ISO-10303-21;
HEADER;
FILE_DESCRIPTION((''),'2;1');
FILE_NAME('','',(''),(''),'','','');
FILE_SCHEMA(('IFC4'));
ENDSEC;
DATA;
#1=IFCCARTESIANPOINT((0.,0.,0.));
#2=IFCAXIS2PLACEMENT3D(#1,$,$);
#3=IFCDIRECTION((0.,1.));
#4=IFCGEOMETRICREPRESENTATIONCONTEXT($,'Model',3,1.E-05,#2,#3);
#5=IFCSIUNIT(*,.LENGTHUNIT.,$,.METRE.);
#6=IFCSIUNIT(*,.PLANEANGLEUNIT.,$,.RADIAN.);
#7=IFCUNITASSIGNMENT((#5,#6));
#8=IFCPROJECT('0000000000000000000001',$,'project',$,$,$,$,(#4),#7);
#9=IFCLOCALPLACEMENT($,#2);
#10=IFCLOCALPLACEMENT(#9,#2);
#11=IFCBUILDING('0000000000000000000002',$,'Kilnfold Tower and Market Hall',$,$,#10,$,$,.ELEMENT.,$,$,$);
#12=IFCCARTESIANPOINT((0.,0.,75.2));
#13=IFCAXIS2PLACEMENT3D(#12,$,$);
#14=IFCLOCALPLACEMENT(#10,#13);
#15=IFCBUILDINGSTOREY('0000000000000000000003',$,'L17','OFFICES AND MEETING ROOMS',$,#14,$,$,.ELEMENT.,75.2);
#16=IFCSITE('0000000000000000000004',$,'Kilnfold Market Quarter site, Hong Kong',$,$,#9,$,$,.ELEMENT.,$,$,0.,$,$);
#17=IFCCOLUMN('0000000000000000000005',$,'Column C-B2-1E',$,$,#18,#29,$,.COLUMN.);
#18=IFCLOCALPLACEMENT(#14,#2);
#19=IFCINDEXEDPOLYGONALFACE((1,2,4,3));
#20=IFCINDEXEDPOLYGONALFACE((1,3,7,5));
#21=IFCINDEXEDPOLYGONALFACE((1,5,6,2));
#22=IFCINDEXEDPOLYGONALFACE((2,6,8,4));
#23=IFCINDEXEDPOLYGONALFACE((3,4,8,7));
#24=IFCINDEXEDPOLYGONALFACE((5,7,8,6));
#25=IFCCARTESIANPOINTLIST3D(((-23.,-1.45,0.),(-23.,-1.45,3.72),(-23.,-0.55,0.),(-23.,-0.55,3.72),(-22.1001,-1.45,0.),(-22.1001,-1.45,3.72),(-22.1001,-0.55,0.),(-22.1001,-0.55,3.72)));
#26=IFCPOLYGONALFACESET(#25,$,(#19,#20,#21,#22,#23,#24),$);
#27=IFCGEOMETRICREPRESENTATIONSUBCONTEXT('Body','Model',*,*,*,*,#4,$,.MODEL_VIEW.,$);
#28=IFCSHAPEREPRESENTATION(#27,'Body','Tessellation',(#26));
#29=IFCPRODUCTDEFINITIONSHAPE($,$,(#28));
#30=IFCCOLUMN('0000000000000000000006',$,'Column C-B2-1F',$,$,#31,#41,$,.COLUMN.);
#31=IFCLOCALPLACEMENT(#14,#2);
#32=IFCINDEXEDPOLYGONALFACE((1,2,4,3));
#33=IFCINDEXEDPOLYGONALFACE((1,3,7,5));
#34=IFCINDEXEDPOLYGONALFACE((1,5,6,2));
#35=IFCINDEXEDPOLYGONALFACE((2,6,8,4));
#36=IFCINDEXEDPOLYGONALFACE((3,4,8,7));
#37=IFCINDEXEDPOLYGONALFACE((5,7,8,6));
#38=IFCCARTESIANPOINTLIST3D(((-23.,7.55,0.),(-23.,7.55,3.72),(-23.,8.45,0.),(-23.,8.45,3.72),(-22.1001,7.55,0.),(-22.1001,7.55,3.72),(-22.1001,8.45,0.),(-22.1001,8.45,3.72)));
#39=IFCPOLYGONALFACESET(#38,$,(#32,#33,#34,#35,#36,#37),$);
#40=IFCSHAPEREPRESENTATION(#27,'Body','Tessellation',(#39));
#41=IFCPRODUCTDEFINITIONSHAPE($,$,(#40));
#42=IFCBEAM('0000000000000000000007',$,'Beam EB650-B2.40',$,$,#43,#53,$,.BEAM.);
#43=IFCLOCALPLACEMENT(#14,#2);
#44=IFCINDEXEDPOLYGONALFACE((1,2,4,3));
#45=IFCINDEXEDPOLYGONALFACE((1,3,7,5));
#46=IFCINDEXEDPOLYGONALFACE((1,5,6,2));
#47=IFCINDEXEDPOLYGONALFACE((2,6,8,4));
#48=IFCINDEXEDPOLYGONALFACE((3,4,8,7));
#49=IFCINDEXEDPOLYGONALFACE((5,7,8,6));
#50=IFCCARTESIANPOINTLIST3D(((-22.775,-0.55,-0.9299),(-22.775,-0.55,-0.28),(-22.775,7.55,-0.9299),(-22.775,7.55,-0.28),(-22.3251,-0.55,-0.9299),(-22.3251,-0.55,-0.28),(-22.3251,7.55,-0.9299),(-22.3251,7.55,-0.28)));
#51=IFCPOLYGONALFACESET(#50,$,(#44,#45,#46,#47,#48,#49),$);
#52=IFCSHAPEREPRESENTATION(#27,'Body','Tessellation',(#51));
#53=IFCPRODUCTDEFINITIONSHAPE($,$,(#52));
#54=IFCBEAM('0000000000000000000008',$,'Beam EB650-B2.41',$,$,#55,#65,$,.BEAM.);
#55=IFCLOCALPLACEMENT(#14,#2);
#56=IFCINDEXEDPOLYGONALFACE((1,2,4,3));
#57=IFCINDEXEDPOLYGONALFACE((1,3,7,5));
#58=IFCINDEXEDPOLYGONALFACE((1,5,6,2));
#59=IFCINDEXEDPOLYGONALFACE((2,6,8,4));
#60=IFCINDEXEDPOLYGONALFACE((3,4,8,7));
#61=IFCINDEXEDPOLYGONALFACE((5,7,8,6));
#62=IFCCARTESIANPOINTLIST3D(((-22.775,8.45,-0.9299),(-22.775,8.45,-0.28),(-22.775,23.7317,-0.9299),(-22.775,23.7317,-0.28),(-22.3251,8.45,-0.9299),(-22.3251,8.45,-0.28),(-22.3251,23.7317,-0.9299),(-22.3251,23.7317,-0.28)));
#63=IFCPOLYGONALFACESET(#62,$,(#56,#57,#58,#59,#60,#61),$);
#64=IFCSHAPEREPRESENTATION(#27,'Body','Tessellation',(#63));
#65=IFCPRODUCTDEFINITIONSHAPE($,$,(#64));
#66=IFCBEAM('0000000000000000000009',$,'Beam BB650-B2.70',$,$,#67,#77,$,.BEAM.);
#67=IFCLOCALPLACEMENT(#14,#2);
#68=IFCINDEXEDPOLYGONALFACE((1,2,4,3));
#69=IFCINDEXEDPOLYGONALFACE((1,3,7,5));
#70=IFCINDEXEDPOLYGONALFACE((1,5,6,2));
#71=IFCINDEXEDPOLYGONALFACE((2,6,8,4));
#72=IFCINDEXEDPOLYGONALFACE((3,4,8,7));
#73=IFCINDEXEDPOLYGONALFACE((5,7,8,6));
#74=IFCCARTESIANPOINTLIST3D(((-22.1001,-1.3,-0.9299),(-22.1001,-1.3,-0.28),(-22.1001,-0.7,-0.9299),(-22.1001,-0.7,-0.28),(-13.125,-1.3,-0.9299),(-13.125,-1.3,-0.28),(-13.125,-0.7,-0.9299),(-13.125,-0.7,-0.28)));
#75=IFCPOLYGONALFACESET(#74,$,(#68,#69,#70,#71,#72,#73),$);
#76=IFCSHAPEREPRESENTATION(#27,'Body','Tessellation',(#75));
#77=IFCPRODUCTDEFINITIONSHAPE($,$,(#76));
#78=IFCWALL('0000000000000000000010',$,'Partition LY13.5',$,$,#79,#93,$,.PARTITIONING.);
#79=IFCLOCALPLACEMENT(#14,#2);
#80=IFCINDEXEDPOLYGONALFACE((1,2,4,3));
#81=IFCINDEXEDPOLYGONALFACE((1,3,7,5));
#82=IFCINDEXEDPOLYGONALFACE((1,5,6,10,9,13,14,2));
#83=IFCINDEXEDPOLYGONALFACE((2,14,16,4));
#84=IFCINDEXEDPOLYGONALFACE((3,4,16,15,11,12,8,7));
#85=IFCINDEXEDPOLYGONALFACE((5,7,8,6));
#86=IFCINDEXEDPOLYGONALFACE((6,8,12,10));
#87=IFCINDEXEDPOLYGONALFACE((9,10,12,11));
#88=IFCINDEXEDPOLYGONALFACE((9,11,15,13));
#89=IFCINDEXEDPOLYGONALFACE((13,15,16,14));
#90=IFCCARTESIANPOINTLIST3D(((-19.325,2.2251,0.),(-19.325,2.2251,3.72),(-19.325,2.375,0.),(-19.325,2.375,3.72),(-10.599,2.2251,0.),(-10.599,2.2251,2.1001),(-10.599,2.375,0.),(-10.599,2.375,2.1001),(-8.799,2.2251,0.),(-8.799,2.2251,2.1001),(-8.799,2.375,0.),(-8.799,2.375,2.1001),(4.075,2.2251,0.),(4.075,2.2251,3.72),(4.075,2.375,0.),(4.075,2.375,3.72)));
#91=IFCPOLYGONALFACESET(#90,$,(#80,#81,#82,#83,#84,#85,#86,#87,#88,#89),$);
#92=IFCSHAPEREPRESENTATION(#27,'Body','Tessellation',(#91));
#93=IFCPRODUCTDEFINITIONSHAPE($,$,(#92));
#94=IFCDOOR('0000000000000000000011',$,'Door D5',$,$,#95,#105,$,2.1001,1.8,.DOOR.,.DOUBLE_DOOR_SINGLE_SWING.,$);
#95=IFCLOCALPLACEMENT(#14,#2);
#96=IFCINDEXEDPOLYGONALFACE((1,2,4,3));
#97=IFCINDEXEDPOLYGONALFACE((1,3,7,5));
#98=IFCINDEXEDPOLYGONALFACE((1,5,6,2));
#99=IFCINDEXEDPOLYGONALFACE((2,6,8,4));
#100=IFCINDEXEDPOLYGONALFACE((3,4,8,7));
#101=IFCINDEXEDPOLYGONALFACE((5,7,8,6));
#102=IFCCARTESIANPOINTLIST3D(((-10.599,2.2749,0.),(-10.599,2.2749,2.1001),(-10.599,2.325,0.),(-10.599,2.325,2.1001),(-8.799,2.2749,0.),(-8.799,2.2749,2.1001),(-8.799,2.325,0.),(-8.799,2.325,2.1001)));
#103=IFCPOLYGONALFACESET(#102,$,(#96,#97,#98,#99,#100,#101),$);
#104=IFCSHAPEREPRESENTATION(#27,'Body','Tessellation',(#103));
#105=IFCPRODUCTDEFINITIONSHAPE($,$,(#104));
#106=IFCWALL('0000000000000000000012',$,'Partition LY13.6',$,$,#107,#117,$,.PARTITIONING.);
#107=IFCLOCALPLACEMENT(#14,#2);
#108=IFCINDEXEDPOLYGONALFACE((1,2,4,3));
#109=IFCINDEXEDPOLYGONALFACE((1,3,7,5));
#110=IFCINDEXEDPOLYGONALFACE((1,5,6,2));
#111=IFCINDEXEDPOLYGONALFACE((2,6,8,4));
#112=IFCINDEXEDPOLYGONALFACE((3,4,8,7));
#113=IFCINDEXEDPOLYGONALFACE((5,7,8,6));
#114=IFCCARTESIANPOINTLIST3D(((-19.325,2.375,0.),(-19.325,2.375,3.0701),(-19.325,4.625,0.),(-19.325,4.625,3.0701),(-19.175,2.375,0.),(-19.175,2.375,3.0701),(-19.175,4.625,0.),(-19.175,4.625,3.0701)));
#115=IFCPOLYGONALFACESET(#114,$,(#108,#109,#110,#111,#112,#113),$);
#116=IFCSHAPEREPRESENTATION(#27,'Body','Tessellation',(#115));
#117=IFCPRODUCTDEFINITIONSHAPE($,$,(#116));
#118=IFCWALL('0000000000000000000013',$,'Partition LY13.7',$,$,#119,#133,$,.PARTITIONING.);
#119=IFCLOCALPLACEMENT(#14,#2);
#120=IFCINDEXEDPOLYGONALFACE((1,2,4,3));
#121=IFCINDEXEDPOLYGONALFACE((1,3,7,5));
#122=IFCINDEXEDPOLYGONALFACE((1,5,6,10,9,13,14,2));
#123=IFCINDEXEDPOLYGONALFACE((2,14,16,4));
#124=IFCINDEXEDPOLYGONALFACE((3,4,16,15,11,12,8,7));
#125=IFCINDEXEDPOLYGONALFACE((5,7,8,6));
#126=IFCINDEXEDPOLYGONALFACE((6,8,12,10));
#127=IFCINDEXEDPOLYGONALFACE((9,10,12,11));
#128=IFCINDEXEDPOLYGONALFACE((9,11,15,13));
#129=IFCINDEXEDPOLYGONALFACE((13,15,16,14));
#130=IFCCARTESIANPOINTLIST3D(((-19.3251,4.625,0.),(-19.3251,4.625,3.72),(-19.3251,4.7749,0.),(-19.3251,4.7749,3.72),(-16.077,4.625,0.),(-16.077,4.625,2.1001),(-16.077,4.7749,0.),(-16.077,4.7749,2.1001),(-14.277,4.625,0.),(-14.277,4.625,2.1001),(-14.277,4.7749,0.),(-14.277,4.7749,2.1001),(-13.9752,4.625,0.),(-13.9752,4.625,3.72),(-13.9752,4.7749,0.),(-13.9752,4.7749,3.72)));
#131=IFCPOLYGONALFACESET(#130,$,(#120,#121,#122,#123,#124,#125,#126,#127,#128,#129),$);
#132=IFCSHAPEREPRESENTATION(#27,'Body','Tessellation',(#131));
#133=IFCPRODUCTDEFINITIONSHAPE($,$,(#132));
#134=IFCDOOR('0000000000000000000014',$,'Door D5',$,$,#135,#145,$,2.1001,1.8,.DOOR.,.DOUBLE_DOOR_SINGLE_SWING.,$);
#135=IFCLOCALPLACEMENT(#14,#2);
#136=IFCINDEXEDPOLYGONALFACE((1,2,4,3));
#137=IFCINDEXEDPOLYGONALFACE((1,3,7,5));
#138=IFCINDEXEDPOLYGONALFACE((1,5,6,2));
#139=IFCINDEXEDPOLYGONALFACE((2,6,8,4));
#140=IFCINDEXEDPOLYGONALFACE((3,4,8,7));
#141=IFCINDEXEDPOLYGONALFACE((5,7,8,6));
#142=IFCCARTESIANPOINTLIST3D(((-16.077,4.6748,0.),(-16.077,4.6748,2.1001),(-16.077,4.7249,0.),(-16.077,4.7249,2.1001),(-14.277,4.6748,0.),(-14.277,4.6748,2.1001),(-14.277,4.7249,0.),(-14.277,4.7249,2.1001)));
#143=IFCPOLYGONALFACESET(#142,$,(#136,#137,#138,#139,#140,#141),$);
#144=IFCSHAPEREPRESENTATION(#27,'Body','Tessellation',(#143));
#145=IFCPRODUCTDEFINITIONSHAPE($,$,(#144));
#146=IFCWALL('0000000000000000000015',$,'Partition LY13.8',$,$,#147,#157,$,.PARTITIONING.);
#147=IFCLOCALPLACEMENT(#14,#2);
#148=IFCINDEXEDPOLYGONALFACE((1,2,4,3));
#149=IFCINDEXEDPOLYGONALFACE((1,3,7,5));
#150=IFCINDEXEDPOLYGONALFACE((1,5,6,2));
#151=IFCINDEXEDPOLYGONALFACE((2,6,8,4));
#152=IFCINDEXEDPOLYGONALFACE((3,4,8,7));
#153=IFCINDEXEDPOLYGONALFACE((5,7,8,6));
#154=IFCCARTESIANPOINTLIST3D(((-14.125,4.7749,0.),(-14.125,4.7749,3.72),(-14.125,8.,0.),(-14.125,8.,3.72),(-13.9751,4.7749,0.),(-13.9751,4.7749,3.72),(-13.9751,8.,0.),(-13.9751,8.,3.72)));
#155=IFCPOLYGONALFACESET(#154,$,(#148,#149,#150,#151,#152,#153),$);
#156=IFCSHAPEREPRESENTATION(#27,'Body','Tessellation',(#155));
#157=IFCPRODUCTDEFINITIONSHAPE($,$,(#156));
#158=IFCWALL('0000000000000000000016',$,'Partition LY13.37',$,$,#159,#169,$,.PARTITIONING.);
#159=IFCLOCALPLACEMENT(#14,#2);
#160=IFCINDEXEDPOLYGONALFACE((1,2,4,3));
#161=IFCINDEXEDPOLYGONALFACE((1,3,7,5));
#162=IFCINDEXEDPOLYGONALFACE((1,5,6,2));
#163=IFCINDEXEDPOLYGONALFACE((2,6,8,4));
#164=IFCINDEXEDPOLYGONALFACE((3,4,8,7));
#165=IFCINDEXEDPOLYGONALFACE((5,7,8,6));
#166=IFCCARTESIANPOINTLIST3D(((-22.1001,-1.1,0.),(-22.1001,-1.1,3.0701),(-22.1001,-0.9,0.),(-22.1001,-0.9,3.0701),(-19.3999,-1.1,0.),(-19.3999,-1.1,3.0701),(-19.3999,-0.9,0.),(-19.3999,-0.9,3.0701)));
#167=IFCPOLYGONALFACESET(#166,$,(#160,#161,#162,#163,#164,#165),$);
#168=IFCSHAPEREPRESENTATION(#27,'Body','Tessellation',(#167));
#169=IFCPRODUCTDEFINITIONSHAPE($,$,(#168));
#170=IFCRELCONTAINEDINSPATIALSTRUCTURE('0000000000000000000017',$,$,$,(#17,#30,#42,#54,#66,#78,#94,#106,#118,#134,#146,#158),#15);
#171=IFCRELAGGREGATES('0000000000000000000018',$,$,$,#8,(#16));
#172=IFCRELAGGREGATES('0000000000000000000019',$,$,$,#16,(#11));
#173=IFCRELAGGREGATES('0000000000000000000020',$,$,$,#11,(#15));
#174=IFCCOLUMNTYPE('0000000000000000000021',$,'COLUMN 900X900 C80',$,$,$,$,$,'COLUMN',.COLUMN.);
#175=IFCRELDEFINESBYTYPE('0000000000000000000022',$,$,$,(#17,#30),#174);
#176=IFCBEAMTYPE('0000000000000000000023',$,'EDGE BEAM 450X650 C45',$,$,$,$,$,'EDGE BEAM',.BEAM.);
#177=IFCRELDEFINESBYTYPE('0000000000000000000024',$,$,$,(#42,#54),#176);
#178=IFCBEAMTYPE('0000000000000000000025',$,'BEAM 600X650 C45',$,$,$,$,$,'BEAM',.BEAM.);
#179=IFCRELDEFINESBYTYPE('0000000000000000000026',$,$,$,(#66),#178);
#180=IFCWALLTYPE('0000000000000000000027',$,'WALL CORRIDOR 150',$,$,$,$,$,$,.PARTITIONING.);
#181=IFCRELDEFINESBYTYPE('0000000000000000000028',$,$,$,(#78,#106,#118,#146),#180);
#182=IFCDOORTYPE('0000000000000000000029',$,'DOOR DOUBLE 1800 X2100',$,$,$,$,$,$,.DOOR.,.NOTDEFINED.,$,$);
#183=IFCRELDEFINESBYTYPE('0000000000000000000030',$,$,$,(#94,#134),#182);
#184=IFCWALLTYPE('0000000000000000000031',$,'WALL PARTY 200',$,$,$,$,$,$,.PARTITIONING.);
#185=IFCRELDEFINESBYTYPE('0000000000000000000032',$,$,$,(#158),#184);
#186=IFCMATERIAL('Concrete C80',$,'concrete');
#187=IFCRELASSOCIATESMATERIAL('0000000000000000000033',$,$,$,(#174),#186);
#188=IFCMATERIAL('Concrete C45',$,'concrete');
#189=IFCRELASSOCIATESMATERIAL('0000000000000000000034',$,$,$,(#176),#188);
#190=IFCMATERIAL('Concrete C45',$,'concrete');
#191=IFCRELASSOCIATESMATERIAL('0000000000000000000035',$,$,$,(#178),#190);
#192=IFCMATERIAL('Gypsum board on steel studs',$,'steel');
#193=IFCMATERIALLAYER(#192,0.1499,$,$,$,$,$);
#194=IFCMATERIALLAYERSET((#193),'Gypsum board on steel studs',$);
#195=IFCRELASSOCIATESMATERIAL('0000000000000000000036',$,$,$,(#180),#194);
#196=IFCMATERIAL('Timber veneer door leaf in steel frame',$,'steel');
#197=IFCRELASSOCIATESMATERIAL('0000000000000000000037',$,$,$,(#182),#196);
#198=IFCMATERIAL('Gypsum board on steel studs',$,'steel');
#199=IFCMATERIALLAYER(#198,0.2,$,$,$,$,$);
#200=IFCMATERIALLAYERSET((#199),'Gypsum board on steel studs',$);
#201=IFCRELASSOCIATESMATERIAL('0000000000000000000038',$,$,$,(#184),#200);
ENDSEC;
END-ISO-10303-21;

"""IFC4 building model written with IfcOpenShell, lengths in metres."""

from ifc_helpers import new_model, si_unit, direction, frame, frame_2d, origin, origin_2d, place, context, subcontext, project, spatial, rectangle, extrude, source, transform, mapped, material, layer, layer_set, material_profile, profile_set, type_object, element, fill, save


model = new_model("IFC4")

# Units and contexts
model_context = context("Model", 3, precision=1e-05, world=origin(), true_north=direction((0.0, 1.0)))
body_context = subcontext(model_context, "Body", "Model", "MODEL_VIEW")
ifc_project = project(units=[si_unit("LENGTHUNIT", "METRE"), si_unit("PLANEANGLEUNIT", "RADIAN")], contexts=[model_context])

# Site, building, storey
site_placement = place(None, origin())
site = spatial("IfcSite", under=ifc_project, at=site_placement, Name="Kilnfold Market Quarter site, Hong Kong", CompositionType="ELEMENT", RefElevation=0.0)
building_placement = place(site_placement, origin())
building = spatial("IfcBuilding", under=site, at=building_placement, Name="Kilnfold Tower and Market Hall", CompositionType="ELEMENT")
storey_placement = place(building_placement, frame((0.0, 0.0, 75.2)))
storey = spatial("IfcBuildingStorey", under=building, at=storey_placement, Name="L17", Description="OFFICES AND MEETING ROOMS", CompositionType="ELEMENT", Elevation=75.2)

# Columns
ifc_material_1 = material(Name="Concrete C80", Category="concrete")
ifc_material_profile_1 = material_profile(ifc_material_1, rectangle(XDim=0.8999, YDim=0.8999, at=origin_2d()), Name="RC 900x900")
ifc_profile_set_1 = profile_set([ifc_material_profile_1], Name="Concrete C80")
column_type = type_object("IfcColumnType", Name="COLUMN 900X900 C80", ElementType="COLUMN", PredefinedType="COLUMN", material=ifc_profile_set_1)
shared_shape_1 = source(origin(), body_context, "Body", "SweptSolid", [
    extrude(rectangle(XDim=0.8999, YDim=0.8999, at=origin_2d()), origin(), (0.0, 0.0, 1.0), 3.72),
])
for number, where, z_axis, x_axis, name in (
    (1, (-22.55, -1.0, 0.0), (0.0, 0.0, 1.0), (1.0, 0.0, 0.0), "Column C-B2-1E"),
    (2, (-22.55, 8.0, 0.0), (0.0, 0.0, 1.0), (1.0, 0.0, 0.0), "Column C-B2-1F"),
):
    element("IfcColumn", number, at=place(storey_placement, frame(where, z_axis=z_axis, x_axis=x_axis)), inside=storey, type_object=column_type, Name=name, PredefinedType="COLUMN", context=body_context, shape_type="MappedRepresentation", body=[
        mapped(shared_shape_1, transform((0.0, 0.0, 0.0))),
    ])

# Beams
ifc_material_2 = material(Name="Concrete C45", Category="concrete")
ifc_material_profile_2 = material_profile(ifc_material_2, rectangle(XDim=0.45, YDim=0.6499, at=origin_2d()), Name="RC 450x650")
ifc_profile_set_2 = profile_set([ifc_material_profile_2], Name="Concrete C45")
beam_type_1 = type_object("IfcBeamType", Name="EDGE BEAM 450X650 C45", ElementType="EDGE BEAM", PredefinedType="BEAM", material=ifc_profile_set_2)
shared_shape_2 = source(origin(), body_context, "Body", "SweptSolid", [
    extrude(rectangle(XDim=0.45, YDim=0.6499, at=origin_2d()), origin(), (0.0, 0.0, 1.0), 8.1001),
])
beam_1_placement = place(storey_placement, frame((-22.55, -0.55, -0.605), z_axis=(0.0, 1.0, 0.0), x_axis=(-1.0, 0.0, 0.0)))
element("IfcBeam", 3, at=beam_1_placement, inside=storey, type_object=beam_type_1, Name="Beam EB650-B2.40", PredefinedType="BEAM", context=body_context, shape_type="MappedRepresentation", body=[
    mapped(shared_shape_2, transform((0.0, 0.0, 0.0))),
])
shared_shape_3 = source(origin(), body_context, "Body", "SweptSolid", [
    extrude(rectangle(XDim=0.45, YDim=0.6499, at=origin_2d()), origin(), (0.0, 0.0, 1.0), 15.2817),
])
beam_2_placement = place(storey_placement, frame((-22.55, 8.45, -0.605), z_axis=(0.0, 1.0, 0.0), x_axis=(-1.0, 0.0, 0.0)))
element("IfcBeam", 4, at=beam_2_placement, inside=storey, type_object=beam_type_1, Name="Beam EB650-B2.41", PredefinedType="BEAM", context=body_context, shape_type="MappedRepresentation", body=[
    mapped(shared_shape_3, transform((0.0, 0.0, 0.0))),
])
ifc_material_3 = material(Name="Concrete C45", Category="concrete")
ifc_material_profile_3 = material_profile(ifc_material_3, rectangle(XDim=0.6001, YDim=0.6499, at=origin_2d()), Name="RC 600x650")
ifc_profile_set_3 = profile_set([ifc_material_profile_3], Name="Concrete C45")
beam_type_2 = type_object("IfcBeamType", Name="BEAM 600X650 C45", ElementType="BEAM", PredefinedType="BEAM", material=ifc_profile_set_3)
shared_shape_4 = source(origin(), body_context, "Body", "SweptSolid", [
    extrude(rectangle(XDim=0.6001, YDim=0.6499, at=origin_2d()), origin(), (0.0, 0.0, 1.0), 8.9751),
])
beam_3_placement = place(storey_placement, frame((-22.1001, -1.0, -0.605), z_axis=(1.0, 0.0, 0.0), x_axis=(0.0, 1.0, 0.0)))
element("IfcBeam", 5, at=beam_3_placement, inside=storey, type_object=beam_type_2, Name="Beam BB650-B2.70", PredefinedType="BEAM", context=body_context, shape_type="MappedRepresentation", body=[
    mapped(shared_shape_4, transform((0.0, 0.0, 0.0))),
])

# Wall, opening, door
ifc_material_4 = material(Name="Gypsum board on steel studs", Category="steel")
ifc_layer_1 = layer(ifc_material_4, 0.1499)
ifc_layer_set_1 = layer_set([ifc_layer_1], Name="Gypsum board on steel studs")
wall_type_1 = type_object("IfcWallType", Name="WALL CORRIDOR 150", PredefinedType="PARTITIONING", material=ifc_layer_set_1)
wall_1_placement = place(storey_placement, frame((-19.325, 2.3, 0.0), z_axis=(0.0, 0.0, 1.0), x_axis=(1.0, 0.0, 0.0)))
wall_1 = element("IfcWall", 6, at=wall_1_placement, inside=storey, type_object=wall_type_1, Name="Partition LY13.5", PredefinedType="PARTITIONING", context=body_context, shape_type="SweptSolid", body=[
    extrude(rectangle(XDim=23.3999, YDim=0.1499, at=frame_2d((11.7, 0.0))), origin(), (0.0, 0.0, 1.0), 3.72),
])
opening_1_placement = place(wall_1_placement, frame((8.7261, 0.0, 0.0)))
opening_1 = element("IfcOpeningElement", 7, at=opening_1_placement, cuts=wall_1, PredefinedType="OPENING", context=body_context, shape_type="SweptSolid", body=[
    extrude(rectangle(XDim=1.8, YDim=2.1001, at=frame_2d((0.8999, 1.05))), frame((0.0, 0.085, 0.0), z_axis=(0.0, -1.0, 0.0), x_axis=(1.0, 0.0, 0.0)), (0.0, 0.0, 1.0), 0.1699),
])
ifc_material_5 = material(Name="Timber veneer door leaf in steel frame", Category="steel")
door_type_1 = type_object("IfcDoorType", Name="DOOR DOUBLE 1800 X2100", OperationType="NOTDEFINED", PredefinedType="DOOR", material=ifc_material_5)
door_1_placement = place(opening_1_placement, origin())
door_1 = element("IfcDoor", 8, at=door_1_placement, inside=storey, type_object=door_type_1, Name="Door D5", OperationType="DOUBLE_DOOR_SINGLE_SWING", OverallHeight=2.1001, OverallWidth=1.8, PredefinedType="DOOR", context=body_context, shape_type="SweptSolid", body=[
    extrude(rectangle(XDim=1.8, YDim=2.1001, at=frame_2d((0.8999, 1.05))), frame((0.0, 0.0249, 0.0), z_axis=(0.0, -1.0, 0.0), x_axis=(1.0, 0.0, 0.0)), (0.0, 0.0, 1.0), 0.05),
])
fill(opening_1, door_1)

# Wall
wall_2_placement = place(storey_placement, frame((-19.25, 2.375, 0.0), z_axis=(0.0, 0.0, 1.0), x_axis=(0.0, 1.0, 0.0)))
element("IfcWall", 9, at=wall_2_placement, inside=storey, type_object=wall_type_1, Name="Partition LY13.6", PredefinedType="PARTITIONING", context=body_context, shape_type="SweptSolid", body=[
    extrude(rectangle(XDim=2.25, YDim=0.1499, at=frame_2d((1.125, 0.0))), origin(), (0.0, 0.0, 1.0), 3.0701),
])

# Wall, opening, door
wall_3_placement = place(storey_placement, frame((-19.325, 4.7, 0.0), z_axis=(0.0, 0.0, 1.0), x_axis=(1.0, 0.0, 0.0)))
wall_3 = element("IfcWall", 10, at=wall_3_placement, inside=storey, type_object=wall_type_1, Name="Partition LY13.7", PredefinedType="PARTITIONING", context=body_context, shape_type="SweptSolid", body=[
    extrude(rectangle(XDim=5.3499, YDim=0.1499, at=frame_2d((2.6748, 0.0))), origin(), (0.0, 0.0, 1.0), 3.72),
])
opening_2_placement = place(wall_3_placement, frame((3.248, 0.0, 0.0)))
opening_2 = element("IfcOpeningElement", 11, at=opening_2_placement, cuts=wall_3, PredefinedType="OPENING", context=body_context, shape_type="SweptSolid", body=[
    extrude(rectangle(XDim=1.8, YDim=2.1001, at=frame_2d((0.8999, 1.05))), frame((0.0, 0.085, 0.0), z_axis=(0.0, -1.0, 0.0), x_axis=(1.0, 0.0, 0.0)), (0.0, 0.0, 1.0), 0.1699),
])
door_2_placement = place(opening_2_placement, origin())
door_2 = element("IfcDoor", 12, at=door_2_placement, inside=storey, type_object=door_type_1, Name="Door D5", OperationType="DOUBLE_DOOR_SINGLE_SWING", OverallHeight=2.1001, OverallWidth=1.8, PredefinedType="DOOR", context=body_context, shape_type="SweptSolid", body=[
    extrude(rectangle(XDim=1.8, YDim=2.1001, at=frame_2d((0.8999, 1.05))), frame((0.0, 0.0249, 0.0), z_axis=(0.0, -1.0, 0.0), x_axis=(1.0, 0.0, 0.0)), (0.0, 0.0, 1.0), 0.05),
])
fill(opening_2, door_2)

# Walls
wall_4_placement = place(storey_placement, frame((-14.05, 8.0, 0.0), z_axis=(0.0, 0.0, 1.0), x_axis=(0.0, -1.0, 0.0)))
element("IfcWall", 13, at=wall_4_placement, inside=storey, type_object=wall_type_1, Name="Partition LY13.8", PredefinedType="PARTITIONING", context=body_context, shape_type="SweptSolid", body=[
    extrude(rectangle(XDim=3.2251, YDim=0.1499, at=frame_2d((1.6125, 0.0))), origin(), (0.0, 0.0, 1.0), 3.72),
])
ifc_material_6 = material(Name="Gypsum board on steel studs", Category="steel")
ifc_layer_2 = layer(ifc_material_6, 0.2)
ifc_layer_set_2 = layer_set([ifc_layer_2], Name="Gypsum board on steel studs")
wall_type_2 = type_object("IfcWallType", Name="WALL PARTY 200", PredefinedType="PARTITIONING", material=ifc_layer_set_2)
wall_5_placement = place(storey_placement, frame((-19.3999, -1.0, 0.0), z_axis=(0.0, 0.0, 1.0), x_axis=(-1.0, 0.0, 0.0)))
element("IfcWall", 14, at=wall_5_placement, inside=storey, type_object=wall_type_2, Name="Partition LY13.37", PredefinedType="PARTITIONING", context=body_context, shape_type="SweptSolid", body=[
    extrude(rectangle(XDim=2.7002, YDim=0.2, at=frame_2d((1.3501, 0.0))), origin(), (0.0, 0.0, 1.0), 3.0701),
])

save(model, "model.ifc")
